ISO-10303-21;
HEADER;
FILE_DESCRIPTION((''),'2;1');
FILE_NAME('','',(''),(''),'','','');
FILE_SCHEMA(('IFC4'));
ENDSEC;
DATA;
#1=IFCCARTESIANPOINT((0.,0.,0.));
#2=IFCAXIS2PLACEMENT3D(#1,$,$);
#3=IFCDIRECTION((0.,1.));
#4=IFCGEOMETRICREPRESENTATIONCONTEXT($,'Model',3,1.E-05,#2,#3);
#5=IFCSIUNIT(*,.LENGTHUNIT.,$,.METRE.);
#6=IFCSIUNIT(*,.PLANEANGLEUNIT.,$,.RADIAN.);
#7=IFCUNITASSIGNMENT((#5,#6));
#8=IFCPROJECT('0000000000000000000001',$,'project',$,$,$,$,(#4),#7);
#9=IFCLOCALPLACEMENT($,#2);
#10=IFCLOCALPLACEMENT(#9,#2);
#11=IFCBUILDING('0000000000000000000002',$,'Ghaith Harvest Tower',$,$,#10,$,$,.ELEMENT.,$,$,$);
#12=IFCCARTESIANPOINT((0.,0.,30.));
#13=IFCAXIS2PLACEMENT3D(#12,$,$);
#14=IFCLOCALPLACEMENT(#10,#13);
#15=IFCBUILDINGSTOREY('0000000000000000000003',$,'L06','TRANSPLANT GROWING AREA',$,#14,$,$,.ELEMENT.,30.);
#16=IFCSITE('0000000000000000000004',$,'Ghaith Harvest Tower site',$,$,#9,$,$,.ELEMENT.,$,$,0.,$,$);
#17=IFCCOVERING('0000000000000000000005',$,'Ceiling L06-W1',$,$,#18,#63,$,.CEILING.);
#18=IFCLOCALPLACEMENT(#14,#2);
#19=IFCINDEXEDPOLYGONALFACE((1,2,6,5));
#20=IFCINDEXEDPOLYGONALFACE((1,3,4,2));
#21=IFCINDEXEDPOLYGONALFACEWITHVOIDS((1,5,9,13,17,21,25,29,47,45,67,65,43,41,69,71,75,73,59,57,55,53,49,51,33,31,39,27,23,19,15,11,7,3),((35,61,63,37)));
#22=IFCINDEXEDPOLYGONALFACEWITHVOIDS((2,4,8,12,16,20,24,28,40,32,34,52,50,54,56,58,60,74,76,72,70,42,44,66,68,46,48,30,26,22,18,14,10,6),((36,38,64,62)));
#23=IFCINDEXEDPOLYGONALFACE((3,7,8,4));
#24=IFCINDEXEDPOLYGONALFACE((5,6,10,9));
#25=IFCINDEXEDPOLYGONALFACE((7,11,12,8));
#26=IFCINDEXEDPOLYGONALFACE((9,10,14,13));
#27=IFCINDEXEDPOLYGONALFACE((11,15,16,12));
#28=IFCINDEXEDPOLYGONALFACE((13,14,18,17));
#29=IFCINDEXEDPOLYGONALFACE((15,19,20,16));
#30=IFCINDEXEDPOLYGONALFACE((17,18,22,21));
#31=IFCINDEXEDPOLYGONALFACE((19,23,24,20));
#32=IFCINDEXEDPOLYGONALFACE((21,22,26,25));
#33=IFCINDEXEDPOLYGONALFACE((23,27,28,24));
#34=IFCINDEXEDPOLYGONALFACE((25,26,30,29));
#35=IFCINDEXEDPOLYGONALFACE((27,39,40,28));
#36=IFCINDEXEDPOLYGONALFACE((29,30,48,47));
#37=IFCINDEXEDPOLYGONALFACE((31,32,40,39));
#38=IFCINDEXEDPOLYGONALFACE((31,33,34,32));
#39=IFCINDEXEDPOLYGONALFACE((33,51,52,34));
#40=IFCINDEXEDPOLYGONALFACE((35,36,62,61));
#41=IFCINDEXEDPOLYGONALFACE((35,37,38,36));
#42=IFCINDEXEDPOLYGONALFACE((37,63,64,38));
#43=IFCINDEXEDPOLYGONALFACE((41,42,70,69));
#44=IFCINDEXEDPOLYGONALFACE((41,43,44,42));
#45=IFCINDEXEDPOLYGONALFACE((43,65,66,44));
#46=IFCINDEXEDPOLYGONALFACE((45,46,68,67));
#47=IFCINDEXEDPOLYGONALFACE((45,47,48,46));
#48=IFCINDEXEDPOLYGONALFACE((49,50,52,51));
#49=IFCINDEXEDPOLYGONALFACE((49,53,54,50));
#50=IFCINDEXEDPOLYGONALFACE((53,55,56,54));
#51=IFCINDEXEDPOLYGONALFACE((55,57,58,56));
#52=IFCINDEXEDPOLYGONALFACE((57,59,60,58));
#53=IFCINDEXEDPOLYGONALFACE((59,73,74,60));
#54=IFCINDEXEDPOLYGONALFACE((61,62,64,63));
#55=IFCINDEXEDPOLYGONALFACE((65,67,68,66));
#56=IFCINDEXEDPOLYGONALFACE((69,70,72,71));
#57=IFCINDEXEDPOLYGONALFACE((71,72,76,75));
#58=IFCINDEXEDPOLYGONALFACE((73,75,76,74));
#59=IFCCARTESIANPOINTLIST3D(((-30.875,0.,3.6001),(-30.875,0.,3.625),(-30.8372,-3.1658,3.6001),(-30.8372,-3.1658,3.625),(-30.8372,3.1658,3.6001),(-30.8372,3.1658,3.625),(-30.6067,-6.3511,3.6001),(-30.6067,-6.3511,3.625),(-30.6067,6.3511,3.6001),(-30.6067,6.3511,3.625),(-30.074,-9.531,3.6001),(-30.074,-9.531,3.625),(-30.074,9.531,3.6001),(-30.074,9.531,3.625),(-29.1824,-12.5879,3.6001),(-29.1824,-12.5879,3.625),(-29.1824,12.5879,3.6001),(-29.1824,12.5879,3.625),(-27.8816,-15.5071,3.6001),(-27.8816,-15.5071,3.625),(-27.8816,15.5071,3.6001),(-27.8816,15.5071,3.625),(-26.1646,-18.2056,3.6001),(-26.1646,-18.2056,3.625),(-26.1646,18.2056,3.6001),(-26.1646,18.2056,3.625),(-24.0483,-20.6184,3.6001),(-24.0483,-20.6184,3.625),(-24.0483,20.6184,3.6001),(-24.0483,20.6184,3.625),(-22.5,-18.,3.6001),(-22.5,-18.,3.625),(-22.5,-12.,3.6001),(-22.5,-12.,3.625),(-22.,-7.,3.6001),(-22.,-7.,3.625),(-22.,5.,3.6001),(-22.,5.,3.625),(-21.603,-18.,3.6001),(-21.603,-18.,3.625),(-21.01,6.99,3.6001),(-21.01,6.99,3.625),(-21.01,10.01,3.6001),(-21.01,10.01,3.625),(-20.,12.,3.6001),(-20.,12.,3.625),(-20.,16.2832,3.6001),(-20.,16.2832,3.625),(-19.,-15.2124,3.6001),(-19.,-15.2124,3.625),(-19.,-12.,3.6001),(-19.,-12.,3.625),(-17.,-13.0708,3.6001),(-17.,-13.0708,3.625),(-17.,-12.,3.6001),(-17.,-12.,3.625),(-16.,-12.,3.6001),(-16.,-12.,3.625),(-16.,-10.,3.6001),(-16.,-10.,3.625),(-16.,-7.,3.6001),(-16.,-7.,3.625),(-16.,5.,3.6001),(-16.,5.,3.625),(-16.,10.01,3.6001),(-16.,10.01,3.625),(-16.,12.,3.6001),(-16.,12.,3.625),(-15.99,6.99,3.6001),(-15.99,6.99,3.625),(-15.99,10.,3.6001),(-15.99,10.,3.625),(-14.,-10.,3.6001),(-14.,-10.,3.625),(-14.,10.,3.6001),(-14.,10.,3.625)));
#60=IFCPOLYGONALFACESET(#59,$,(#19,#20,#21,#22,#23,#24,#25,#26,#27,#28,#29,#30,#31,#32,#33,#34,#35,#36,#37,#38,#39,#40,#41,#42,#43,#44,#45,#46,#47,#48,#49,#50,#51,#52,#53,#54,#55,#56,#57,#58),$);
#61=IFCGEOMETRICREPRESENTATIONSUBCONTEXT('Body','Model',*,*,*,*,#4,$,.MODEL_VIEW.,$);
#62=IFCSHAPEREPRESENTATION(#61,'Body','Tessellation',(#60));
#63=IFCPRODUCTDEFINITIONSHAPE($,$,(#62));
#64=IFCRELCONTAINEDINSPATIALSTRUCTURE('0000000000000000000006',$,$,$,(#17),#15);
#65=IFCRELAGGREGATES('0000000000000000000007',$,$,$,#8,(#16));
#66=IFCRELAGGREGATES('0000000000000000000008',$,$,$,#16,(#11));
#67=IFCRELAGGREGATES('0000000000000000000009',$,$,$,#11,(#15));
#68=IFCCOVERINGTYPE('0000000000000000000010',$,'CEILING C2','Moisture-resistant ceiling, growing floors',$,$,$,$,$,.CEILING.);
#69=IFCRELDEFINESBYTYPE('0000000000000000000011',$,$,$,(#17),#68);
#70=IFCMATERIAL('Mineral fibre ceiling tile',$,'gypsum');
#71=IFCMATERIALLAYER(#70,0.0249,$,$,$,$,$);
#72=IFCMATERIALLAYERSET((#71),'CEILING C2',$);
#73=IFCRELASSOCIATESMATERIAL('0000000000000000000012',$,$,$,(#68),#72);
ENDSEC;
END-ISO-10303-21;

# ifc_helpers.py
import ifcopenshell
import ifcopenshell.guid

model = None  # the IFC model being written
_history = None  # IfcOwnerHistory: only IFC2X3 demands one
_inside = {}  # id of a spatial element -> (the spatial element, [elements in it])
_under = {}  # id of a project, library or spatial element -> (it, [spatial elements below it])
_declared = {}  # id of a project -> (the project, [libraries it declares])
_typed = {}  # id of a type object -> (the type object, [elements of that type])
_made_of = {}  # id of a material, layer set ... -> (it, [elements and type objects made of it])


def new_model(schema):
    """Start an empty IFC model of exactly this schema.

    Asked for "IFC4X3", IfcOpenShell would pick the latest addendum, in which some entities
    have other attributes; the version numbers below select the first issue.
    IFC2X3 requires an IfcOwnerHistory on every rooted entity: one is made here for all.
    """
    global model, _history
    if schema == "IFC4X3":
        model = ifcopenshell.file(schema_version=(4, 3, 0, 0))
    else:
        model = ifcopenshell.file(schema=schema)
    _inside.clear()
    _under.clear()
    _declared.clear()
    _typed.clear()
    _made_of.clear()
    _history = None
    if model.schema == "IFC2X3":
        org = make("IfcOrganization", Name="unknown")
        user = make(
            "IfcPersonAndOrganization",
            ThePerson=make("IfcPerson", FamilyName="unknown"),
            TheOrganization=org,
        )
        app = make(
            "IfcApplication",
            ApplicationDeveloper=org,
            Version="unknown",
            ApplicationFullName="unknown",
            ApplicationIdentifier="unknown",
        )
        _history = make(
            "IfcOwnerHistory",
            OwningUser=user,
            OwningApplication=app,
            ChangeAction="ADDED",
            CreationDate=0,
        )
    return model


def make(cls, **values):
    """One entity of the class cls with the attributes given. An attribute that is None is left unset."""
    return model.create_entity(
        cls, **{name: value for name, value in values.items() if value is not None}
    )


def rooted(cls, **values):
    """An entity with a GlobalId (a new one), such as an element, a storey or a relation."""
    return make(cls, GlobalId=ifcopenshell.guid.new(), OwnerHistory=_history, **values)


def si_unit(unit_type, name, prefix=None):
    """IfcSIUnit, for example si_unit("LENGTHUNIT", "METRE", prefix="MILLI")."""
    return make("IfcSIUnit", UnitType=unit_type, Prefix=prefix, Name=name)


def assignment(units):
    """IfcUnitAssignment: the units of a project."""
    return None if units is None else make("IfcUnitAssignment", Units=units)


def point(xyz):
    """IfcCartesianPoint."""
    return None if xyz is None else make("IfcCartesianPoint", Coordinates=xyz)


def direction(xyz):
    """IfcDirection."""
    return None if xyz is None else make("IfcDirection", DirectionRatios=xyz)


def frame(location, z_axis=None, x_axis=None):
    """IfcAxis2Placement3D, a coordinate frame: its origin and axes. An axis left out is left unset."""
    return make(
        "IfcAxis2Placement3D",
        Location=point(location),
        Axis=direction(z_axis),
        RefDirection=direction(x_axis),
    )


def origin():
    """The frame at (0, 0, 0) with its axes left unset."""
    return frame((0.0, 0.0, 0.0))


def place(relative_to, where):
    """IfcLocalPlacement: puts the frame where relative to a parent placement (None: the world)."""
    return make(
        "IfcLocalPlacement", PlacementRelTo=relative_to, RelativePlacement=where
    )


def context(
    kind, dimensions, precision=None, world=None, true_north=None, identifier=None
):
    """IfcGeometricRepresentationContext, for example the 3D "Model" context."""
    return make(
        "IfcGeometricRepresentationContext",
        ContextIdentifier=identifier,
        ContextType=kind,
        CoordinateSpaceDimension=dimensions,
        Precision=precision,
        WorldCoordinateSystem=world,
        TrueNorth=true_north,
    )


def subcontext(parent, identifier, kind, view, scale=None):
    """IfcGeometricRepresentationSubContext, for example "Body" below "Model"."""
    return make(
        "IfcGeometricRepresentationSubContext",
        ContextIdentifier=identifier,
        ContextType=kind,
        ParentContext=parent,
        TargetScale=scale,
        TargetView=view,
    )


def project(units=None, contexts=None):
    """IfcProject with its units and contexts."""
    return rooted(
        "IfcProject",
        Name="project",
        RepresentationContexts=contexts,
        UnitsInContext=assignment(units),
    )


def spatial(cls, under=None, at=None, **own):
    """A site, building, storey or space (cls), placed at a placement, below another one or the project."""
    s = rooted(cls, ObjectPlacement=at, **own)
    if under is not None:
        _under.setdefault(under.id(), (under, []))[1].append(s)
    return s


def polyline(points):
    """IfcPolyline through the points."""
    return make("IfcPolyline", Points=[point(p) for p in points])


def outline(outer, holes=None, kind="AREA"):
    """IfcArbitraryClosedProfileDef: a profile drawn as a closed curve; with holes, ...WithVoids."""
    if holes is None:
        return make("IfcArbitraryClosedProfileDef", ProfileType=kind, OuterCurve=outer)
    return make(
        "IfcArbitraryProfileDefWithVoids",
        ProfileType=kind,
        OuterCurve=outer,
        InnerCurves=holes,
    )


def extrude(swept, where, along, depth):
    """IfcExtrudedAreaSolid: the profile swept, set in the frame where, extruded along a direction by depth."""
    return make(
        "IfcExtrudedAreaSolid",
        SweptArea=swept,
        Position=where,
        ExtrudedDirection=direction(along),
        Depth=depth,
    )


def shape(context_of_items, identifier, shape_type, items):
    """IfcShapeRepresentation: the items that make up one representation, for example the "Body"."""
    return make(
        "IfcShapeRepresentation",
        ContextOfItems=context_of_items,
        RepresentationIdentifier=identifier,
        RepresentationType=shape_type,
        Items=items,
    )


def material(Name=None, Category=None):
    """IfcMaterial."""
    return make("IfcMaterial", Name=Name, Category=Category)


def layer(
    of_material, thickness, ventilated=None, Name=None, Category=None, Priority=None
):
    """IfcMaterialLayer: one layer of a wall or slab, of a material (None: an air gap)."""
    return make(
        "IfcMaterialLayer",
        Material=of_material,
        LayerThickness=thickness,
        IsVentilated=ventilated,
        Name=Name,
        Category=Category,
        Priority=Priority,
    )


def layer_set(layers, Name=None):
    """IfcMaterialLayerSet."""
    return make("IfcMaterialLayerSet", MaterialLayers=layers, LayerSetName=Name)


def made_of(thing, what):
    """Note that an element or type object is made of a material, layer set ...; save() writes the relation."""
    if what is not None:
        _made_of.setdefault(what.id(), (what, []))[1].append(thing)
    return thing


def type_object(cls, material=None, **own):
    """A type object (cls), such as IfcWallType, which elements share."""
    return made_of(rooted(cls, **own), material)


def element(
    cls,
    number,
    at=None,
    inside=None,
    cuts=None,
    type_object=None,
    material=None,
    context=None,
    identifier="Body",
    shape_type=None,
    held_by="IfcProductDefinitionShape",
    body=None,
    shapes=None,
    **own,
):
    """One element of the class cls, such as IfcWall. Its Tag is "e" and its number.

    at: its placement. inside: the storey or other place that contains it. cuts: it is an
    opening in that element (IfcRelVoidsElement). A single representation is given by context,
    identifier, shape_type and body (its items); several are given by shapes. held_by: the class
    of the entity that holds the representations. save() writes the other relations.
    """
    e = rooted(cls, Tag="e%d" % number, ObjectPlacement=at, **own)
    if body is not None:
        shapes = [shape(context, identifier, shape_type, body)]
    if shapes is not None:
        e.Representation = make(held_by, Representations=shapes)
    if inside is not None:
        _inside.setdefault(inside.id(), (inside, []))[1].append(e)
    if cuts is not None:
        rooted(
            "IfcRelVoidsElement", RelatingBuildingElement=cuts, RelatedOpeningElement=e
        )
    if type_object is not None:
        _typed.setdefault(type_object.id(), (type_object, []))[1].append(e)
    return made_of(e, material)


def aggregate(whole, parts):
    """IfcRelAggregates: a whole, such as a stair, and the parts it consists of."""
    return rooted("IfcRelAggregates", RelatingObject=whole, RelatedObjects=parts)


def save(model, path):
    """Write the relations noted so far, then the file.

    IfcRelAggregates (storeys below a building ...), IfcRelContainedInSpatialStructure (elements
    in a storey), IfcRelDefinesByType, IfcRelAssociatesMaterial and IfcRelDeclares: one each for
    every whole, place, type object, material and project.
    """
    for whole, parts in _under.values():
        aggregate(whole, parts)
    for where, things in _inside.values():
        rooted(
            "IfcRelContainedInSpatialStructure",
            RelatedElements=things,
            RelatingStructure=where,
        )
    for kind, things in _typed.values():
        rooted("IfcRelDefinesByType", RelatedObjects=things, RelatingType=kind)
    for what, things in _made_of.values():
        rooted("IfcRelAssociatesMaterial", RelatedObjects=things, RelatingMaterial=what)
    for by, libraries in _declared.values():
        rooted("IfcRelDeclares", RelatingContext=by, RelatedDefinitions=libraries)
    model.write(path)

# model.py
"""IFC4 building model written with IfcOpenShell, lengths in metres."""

from ifc_helpers import new_model, si_unit, direction, frame, origin, place, context, subcontext, project, spatial, polyline, outline, extrude, material, layer, layer_set, type_object, element, save


model = new_model("IFC4")

# Units and contexts
model_context = context("Model", 3, precision=1e-05, world=origin(), true_north=direction((0.0, 1.0)))
body_context = subcontext(model_context, "Body", "Model", "MODEL_VIEW")
ifc_project = project(units=[si_unit("LENGTHUNIT", "METRE"), si_unit("PLANEANGLEUNIT", "RADIAN")], contexts=[model_context])

# Site, building, storey
site_placement = place(None, origin())
site = spatial("IfcSite", under=ifc_project, at=site_placement, Name="Ghaith Harvest Tower site", CompositionType="ELEMENT", RefElevation=0.0)
building_placement = place(site_placement, origin())
building = spatial("IfcBuilding", under=site, at=building_placement, Name="Ghaith Harvest Tower", CompositionType="ELEMENT")
storey_placement = place(building_placement, frame((0.0, 0.0, 30.0)))
storey = spatial("IfcBuildingStorey", under=building, at=storey_placement, Name="L06", Description="TRANSPLANT GROWING AREA", CompositionType="ELEMENT", Elevation=30.0)

# Covering
ifc_material_1 = material(Name="Mineral fibre ceiling tile", Category="gypsum")
ifc_layer_1 = layer(ifc_material_1, 0.0249)
ifc_layer_set_1 = layer_set([ifc_layer_1], Name="CEILING C2")
covering_type = type_object("IfcCoveringType", Name="CEILING C2", Description="Moisture-resistant ceiling, growing floors", PredefinedType="CEILING", material=ifc_layer_set_1)
covering_1_placement = place(storey_placement, frame((0.0, 0.0, 3.6001)))
element("IfcCovering", 1, at=covering_1_placement, inside=storey, type_object=covering_type, Name="Ceiling L06-W1", PredefinedType="CEILING", context=body_context, shape_type="SweptSolid", body=[
    extrude(outline(polyline([(-27.8816, -15.5071), (-29.1824, -12.5879), (-30.074, -9.531), (-30.6067, -6.3511), (-30.8372, -3.1658), (-30.875, 0.0), (-30.8372, 3.1658), (-30.6067, 6.3511), (-30.074, 9.531), (-29.1824, 12.5879), (-27.8816, 15.5071), (-26.1646, 18.2056), (-24.0483, 20.6184), (-20.0, 16.2832), (-20.0, 12.0), (-16.0, 12.0), (-16.0, 10.01), (-21.01, 10.01), (-21.01, 6.99), (-15.99, 6.99), (-15.99, 10.0), (-14.0, 10.0), (-14.0, -10.0), (-16.0, -10.0), (-16.0, -12.0), (-17.0, -12.0), (-17.0, -13.0708), (-19.0, -15.2124), (-19.0, -12.0), (-22.5, -12.0), (-22.5, -18.0), (-21.603, -18.0), (-24.0483, -20.6184), (-26.1646, -18.2056), (-27.8816, -15.5071)]), holes=[polyline([(-16.0, -7.0), (-16.0, 5.0), (-22.0, 5.0), (-22.0, -7.0), (-16.0, -7.0)])]), origin(), (0.0, 0.0, 1.0), 0.0249),
])

save(model, "model.ifc")
